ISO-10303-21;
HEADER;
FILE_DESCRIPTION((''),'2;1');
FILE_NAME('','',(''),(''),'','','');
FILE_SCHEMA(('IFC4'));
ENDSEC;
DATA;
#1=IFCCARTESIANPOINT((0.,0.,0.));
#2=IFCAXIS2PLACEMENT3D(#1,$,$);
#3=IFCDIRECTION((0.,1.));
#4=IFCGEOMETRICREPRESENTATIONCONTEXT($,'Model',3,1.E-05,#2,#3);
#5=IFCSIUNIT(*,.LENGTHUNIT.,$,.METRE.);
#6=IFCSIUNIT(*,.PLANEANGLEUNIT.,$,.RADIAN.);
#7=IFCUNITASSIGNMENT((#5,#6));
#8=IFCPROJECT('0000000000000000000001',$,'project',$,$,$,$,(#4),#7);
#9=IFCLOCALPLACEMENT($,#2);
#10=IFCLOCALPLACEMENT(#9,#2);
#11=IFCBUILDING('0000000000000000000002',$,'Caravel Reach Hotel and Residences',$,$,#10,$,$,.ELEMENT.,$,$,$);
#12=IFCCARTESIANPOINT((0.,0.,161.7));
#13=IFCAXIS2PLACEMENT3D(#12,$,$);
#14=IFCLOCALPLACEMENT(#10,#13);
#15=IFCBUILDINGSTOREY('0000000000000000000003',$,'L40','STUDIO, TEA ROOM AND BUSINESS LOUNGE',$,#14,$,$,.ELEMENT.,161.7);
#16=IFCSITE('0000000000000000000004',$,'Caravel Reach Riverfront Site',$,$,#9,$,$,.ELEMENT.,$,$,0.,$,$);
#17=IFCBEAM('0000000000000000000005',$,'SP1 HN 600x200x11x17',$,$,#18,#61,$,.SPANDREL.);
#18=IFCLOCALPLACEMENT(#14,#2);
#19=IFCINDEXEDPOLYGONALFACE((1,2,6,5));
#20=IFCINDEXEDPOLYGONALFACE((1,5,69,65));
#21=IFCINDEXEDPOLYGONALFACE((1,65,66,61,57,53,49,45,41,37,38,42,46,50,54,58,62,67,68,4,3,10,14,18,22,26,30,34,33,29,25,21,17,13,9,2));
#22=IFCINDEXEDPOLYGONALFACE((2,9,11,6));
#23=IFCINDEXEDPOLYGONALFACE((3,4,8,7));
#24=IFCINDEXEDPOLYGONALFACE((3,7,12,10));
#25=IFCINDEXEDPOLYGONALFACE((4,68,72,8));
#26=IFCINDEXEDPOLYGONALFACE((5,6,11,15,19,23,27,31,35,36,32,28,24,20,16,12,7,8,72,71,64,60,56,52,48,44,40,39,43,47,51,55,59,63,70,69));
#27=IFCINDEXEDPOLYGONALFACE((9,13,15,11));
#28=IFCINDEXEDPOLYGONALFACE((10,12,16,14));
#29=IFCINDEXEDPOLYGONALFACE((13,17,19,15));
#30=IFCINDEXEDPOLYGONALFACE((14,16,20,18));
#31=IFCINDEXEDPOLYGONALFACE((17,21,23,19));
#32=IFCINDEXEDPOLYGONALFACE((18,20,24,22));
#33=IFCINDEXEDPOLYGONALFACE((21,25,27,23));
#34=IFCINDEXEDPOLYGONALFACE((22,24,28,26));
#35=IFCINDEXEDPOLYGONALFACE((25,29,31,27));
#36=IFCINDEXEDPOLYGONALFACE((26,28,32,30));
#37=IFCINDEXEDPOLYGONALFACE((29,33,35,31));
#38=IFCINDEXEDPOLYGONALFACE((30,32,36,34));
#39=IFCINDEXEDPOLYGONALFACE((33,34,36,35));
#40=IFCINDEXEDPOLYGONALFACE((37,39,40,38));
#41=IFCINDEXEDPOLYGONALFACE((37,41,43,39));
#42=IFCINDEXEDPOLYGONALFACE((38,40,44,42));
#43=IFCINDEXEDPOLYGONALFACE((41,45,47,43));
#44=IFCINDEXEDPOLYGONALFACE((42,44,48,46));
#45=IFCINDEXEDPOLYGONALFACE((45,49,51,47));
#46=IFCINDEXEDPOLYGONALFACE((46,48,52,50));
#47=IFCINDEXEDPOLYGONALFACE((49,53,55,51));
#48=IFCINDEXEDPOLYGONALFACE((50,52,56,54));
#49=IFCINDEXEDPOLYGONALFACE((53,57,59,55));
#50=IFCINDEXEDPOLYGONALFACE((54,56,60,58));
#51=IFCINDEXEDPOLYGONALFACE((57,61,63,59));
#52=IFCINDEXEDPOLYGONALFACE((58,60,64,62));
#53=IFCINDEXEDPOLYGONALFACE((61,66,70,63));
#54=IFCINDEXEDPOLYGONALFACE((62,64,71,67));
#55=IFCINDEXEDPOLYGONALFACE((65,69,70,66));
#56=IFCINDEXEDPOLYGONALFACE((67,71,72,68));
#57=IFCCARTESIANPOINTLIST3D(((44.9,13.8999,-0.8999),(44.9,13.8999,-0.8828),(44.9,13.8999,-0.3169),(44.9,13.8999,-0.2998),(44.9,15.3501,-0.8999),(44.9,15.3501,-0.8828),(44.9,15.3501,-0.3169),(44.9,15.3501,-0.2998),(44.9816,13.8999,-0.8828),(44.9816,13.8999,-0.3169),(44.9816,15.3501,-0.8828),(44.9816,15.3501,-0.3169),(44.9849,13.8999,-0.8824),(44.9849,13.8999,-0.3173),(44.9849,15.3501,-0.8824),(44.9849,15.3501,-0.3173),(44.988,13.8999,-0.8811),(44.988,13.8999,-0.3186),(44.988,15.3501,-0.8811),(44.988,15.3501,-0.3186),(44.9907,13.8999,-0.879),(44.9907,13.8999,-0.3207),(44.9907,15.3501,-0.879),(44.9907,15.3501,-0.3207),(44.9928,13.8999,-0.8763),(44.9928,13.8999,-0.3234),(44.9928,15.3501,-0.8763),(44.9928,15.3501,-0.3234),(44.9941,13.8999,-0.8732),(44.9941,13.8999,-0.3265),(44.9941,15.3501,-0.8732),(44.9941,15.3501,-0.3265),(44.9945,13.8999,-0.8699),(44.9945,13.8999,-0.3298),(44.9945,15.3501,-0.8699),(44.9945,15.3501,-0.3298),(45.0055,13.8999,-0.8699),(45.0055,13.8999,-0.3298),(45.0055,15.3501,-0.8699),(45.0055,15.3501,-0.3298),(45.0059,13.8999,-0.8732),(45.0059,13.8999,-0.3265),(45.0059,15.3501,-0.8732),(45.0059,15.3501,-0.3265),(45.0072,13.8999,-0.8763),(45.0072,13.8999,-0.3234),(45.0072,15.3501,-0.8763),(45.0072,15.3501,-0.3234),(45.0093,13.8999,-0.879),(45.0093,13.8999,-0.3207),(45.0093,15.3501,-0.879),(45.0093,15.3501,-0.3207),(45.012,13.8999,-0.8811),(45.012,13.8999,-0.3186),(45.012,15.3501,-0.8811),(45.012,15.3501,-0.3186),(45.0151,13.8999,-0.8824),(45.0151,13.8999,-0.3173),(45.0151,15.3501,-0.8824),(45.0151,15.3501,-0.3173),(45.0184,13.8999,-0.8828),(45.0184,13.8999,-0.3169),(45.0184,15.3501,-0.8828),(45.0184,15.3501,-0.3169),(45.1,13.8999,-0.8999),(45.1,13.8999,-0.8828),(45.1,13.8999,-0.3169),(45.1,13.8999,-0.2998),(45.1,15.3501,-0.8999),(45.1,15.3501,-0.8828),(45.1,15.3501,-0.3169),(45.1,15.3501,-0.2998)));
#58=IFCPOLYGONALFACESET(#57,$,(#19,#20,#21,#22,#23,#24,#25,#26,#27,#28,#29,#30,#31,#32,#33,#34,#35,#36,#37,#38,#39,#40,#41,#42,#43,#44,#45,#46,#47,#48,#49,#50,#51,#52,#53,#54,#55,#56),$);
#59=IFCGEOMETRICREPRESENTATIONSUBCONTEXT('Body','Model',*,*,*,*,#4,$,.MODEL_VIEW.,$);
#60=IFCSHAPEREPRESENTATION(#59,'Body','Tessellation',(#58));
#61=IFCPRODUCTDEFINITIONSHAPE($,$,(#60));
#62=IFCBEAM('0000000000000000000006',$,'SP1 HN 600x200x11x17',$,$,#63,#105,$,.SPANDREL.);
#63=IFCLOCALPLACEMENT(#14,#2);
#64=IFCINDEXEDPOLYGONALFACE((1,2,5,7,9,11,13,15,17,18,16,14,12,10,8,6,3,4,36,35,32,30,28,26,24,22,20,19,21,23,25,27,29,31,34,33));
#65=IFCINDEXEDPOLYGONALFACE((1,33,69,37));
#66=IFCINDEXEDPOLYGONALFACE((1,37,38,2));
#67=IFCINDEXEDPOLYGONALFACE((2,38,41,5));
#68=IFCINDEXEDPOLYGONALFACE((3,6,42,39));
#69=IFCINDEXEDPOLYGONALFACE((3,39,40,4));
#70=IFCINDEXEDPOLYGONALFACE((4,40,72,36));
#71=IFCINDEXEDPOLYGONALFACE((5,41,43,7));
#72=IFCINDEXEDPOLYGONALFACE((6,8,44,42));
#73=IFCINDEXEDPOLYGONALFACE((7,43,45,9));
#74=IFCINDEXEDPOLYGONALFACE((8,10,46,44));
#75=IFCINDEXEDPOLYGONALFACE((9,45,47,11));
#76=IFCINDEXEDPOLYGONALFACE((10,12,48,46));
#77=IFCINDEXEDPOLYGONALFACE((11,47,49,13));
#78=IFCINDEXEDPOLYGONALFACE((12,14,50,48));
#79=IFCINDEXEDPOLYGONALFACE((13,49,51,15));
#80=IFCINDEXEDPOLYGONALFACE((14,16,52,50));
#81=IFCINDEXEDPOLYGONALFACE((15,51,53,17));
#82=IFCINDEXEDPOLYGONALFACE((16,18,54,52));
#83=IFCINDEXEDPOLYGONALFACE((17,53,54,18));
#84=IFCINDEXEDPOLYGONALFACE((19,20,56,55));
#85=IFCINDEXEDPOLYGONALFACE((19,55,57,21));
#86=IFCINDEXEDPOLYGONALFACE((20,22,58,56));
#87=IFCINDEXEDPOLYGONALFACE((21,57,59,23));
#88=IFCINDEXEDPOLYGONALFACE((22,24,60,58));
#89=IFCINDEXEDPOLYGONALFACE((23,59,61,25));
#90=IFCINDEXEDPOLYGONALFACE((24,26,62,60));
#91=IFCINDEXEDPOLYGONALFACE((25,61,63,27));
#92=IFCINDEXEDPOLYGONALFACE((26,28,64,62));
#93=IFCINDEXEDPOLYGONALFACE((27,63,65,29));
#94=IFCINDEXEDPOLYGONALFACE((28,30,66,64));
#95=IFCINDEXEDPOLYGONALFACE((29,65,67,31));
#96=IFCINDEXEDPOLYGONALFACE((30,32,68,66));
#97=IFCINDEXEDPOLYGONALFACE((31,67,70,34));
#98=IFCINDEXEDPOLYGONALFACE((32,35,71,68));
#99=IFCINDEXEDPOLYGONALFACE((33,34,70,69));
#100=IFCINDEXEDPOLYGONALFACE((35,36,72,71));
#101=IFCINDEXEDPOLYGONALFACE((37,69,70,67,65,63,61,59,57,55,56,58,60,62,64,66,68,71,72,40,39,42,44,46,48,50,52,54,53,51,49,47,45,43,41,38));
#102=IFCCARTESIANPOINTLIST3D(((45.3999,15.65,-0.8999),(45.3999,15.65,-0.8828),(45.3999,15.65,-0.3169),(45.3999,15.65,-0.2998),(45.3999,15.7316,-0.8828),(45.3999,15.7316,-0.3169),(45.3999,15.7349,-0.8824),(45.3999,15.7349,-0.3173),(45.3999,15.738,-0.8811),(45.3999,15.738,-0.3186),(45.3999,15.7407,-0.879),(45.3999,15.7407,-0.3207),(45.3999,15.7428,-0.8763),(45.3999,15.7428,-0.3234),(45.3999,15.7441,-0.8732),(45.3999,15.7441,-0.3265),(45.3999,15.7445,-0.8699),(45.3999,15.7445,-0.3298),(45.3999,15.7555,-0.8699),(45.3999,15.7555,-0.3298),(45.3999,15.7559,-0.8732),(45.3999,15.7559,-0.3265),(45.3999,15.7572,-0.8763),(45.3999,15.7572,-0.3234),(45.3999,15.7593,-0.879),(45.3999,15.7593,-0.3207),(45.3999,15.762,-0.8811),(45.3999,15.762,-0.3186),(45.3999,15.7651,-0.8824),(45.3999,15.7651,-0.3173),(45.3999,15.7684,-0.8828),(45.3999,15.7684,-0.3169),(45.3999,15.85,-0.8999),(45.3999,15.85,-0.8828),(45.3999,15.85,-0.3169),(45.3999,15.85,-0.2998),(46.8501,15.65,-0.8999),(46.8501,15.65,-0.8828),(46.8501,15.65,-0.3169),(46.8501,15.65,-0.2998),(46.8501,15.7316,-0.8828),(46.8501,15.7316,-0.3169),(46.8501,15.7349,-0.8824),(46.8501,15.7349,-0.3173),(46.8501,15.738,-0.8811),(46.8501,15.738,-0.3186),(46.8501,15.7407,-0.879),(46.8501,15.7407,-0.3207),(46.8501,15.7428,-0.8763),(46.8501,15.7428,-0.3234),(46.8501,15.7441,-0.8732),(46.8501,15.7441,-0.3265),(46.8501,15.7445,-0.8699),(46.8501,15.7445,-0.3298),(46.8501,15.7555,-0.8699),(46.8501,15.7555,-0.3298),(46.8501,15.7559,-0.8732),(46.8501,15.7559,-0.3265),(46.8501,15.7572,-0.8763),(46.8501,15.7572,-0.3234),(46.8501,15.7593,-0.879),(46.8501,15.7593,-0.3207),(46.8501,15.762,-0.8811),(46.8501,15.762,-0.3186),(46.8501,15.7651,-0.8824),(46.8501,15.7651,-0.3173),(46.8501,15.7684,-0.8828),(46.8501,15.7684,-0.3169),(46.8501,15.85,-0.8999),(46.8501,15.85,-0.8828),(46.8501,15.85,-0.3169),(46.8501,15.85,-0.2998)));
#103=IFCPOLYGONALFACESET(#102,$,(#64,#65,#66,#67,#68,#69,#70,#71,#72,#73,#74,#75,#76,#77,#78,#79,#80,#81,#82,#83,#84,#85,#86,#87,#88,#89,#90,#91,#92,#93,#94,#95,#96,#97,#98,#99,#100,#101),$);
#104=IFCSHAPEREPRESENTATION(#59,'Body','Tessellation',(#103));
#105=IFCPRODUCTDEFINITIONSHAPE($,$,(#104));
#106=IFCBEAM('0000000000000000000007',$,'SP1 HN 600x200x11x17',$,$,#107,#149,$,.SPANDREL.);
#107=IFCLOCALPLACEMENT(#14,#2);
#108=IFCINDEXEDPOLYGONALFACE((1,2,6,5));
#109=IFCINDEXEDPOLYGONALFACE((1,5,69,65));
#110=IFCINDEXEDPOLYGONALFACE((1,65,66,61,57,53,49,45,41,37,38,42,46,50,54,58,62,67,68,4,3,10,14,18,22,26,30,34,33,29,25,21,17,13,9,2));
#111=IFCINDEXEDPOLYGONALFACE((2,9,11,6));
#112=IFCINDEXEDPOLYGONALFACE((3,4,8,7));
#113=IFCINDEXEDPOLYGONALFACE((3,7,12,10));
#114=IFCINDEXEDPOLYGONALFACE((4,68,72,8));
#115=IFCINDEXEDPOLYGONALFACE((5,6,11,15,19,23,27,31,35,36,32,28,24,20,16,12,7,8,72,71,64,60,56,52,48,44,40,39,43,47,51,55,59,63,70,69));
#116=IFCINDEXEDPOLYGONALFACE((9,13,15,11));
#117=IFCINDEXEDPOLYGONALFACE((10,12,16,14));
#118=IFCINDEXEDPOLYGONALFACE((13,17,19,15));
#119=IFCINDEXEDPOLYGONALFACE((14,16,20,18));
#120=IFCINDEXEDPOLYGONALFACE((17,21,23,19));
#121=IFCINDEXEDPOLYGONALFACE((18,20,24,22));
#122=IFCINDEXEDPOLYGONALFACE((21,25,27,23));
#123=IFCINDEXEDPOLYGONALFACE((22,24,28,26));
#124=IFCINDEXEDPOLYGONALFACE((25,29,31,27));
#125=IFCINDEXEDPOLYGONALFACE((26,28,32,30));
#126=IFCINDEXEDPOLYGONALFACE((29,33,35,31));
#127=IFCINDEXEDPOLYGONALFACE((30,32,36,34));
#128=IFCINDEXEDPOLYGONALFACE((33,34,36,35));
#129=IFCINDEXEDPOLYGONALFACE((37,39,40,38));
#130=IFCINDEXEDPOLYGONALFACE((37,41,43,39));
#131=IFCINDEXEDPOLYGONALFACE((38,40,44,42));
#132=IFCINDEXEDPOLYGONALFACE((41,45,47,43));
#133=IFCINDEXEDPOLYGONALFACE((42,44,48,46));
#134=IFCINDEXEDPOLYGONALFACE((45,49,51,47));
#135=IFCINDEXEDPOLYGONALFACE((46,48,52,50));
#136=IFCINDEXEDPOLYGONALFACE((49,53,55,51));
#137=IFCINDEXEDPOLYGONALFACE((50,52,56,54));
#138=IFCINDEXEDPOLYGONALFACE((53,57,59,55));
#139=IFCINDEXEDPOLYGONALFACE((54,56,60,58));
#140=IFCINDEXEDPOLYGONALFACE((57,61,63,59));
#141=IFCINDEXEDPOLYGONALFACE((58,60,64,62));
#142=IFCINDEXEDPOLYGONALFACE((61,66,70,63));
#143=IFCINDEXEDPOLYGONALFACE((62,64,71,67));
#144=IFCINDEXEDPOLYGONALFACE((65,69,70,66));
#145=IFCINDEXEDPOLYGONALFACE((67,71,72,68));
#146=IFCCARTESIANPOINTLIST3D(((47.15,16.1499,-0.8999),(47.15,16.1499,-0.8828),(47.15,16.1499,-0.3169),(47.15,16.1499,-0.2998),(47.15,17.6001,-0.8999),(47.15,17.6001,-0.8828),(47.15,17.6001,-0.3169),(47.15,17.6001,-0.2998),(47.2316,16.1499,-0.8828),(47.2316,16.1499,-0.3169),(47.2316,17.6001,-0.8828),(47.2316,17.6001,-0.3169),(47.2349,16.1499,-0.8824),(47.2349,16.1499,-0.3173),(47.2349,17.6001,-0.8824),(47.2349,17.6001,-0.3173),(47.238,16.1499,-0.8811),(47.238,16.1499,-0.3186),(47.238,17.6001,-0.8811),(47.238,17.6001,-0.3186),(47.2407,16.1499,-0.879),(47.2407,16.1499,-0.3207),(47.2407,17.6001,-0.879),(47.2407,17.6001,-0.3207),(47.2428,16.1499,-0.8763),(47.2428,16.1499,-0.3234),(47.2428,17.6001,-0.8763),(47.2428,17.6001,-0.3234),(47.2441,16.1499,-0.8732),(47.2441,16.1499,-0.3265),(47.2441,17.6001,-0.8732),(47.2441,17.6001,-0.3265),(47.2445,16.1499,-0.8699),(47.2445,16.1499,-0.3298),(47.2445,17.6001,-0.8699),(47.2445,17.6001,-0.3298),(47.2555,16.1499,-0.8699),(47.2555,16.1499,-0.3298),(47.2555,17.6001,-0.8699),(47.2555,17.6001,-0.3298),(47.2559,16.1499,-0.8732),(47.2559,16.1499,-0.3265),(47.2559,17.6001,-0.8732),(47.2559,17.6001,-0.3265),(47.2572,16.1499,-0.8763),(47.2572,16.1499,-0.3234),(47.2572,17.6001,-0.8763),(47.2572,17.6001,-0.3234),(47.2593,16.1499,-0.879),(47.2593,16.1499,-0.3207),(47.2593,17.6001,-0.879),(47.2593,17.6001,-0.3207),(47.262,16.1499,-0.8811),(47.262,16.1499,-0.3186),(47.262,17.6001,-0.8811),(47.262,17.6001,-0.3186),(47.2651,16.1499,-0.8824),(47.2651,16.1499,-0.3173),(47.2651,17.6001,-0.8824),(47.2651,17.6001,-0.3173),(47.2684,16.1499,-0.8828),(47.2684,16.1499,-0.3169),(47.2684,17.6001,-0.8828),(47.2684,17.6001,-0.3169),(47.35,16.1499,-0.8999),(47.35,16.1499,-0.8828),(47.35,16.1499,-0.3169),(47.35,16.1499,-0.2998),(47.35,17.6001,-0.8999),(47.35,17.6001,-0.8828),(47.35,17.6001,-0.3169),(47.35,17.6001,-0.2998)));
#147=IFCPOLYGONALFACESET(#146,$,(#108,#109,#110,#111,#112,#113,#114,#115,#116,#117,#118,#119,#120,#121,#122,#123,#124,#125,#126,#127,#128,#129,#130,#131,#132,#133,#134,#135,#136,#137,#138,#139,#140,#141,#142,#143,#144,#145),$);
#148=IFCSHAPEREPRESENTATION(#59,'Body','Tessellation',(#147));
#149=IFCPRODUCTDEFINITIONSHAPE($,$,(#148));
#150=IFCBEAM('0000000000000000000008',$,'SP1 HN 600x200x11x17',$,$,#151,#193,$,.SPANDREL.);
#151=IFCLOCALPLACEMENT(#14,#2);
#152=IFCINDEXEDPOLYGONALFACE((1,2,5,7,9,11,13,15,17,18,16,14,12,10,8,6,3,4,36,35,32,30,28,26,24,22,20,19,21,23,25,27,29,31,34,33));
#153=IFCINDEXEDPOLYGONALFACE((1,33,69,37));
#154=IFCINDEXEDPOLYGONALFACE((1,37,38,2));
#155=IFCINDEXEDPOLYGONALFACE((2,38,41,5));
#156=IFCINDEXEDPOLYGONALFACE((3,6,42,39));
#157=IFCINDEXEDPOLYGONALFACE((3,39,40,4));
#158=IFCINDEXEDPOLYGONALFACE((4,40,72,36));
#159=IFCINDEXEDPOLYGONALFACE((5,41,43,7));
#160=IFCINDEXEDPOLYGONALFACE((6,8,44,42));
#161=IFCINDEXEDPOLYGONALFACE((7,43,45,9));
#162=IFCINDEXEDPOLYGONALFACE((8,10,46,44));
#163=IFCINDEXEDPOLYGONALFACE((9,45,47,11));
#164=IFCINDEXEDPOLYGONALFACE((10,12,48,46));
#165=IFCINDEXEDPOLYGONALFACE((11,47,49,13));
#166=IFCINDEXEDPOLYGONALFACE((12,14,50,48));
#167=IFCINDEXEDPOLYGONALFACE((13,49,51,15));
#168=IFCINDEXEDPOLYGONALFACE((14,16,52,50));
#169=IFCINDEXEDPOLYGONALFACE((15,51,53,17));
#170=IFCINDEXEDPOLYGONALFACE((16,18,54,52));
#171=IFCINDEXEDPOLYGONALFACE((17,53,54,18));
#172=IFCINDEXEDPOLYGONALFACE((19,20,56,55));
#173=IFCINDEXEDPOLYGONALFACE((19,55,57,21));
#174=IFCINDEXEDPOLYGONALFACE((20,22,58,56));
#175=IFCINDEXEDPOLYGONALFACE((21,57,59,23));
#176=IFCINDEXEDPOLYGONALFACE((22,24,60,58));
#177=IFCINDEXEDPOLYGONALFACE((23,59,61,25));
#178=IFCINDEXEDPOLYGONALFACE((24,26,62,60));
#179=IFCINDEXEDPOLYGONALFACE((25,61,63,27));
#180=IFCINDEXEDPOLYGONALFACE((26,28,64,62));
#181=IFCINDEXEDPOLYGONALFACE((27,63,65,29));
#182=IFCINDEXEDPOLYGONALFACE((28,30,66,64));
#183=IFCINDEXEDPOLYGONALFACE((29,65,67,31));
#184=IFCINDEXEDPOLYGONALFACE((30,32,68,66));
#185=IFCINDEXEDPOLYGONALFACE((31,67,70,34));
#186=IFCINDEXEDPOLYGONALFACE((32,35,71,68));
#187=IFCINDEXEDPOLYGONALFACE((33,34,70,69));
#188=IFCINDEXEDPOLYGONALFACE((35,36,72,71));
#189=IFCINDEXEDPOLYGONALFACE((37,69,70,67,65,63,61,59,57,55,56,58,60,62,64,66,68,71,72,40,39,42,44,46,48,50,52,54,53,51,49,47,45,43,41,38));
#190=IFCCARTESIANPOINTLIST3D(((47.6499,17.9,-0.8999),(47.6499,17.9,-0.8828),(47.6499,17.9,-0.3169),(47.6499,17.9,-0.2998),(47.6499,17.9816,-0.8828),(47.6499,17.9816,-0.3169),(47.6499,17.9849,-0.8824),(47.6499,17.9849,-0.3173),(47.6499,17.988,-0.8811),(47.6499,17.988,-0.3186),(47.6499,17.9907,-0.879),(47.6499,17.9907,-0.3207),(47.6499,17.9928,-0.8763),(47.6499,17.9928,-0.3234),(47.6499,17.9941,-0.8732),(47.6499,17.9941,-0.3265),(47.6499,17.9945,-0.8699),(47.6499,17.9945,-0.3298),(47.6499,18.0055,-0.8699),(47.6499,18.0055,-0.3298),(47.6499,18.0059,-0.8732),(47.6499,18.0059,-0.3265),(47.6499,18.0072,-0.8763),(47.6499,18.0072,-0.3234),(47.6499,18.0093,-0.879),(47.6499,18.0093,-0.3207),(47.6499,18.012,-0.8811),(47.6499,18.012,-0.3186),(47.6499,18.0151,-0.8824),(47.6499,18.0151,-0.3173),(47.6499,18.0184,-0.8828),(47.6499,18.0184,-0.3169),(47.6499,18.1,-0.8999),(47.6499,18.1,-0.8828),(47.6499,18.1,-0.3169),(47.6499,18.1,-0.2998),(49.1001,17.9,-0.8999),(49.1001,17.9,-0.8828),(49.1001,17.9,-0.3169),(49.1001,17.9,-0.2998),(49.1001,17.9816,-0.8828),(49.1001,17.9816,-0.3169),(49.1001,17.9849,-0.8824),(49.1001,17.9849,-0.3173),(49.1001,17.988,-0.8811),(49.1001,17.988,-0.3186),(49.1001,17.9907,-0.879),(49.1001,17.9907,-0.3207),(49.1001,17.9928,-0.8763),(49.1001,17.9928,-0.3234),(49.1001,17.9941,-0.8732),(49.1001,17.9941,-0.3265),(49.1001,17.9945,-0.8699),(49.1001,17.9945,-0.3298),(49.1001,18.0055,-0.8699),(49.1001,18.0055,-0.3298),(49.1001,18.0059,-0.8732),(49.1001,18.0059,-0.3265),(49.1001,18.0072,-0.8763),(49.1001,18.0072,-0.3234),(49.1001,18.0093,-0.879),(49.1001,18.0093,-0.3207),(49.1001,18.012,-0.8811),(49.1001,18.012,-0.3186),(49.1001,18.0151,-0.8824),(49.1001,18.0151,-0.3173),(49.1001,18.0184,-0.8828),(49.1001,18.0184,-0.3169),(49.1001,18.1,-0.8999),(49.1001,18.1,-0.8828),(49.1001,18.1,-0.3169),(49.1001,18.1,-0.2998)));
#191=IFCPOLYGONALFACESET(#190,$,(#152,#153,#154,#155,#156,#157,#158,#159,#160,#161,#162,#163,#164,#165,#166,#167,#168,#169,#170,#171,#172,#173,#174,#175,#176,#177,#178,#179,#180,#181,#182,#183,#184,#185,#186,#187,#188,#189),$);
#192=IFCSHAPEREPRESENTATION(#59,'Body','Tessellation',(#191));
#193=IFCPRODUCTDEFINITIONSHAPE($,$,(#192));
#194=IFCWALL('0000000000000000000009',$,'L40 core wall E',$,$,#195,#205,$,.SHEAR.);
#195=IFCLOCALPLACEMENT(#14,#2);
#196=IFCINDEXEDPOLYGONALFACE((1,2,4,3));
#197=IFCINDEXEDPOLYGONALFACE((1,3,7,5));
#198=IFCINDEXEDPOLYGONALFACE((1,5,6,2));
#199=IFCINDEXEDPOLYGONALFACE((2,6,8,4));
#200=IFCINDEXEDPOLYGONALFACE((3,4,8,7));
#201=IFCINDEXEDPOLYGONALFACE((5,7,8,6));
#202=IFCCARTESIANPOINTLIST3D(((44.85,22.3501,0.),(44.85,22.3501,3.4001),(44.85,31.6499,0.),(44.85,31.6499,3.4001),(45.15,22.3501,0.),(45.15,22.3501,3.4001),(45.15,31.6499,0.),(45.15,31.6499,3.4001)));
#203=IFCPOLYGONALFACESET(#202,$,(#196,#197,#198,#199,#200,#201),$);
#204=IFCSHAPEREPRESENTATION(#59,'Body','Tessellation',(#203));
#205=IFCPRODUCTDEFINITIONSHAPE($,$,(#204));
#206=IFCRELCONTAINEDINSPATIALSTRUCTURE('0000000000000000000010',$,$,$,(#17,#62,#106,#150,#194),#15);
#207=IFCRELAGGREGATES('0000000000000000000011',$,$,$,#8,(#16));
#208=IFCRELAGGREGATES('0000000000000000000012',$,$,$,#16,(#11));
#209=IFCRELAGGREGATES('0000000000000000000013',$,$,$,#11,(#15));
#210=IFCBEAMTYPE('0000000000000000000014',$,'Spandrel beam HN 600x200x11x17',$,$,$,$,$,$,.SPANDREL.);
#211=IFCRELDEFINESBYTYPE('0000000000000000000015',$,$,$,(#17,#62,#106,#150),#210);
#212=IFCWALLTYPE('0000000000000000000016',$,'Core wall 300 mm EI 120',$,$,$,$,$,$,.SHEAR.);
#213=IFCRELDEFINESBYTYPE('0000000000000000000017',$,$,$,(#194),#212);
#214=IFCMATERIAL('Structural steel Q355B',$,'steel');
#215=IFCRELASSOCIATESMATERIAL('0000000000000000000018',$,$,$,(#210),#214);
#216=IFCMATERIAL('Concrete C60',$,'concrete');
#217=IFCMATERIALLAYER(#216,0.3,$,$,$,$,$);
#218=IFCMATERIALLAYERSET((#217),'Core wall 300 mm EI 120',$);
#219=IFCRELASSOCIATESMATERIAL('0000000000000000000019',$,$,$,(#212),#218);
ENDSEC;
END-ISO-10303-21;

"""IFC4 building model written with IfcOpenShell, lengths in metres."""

from ifc_helpers import new_model, si_unit, direction, frame, frame_2d, origin, origin_2d, place, context, subcontext, project, spatial, rectangle, i_section, extrude, material, layer, layer_set, material_profile, profile_set, type_object, element, save


model = new_model("IFC4")

# Units and contexts
model_context = context("Model", 3, precision=1e-05, world=origin(), true_north=direction((0.0, 1.0)))
body_context = subcontext(model_context, "Body", "Model", "MODEL_VIEW")
ifc_project = project(units=[si_unit("LENGTHUNIT", "METRE"), si_unit("PLANEANGLEUNIT", "RADIAN")], contexts=[model_context])

# Site, building, storey
site_placement = place(None, origin())
site = spatial("IfcSite", under=ifc_project, at=site_placement, Name="Caravel Reach Riverfront Site", CompositionType="ELEMENT", RefElevation=0.0)
building_placement = place(site_placement, origin())
building = spatial("IfcBuilding", under=site, at=building_placement, Name="Caravel Reach Hotel and Residences", CompositionType="ELEMENT")
storey_placement = place(building_placement, frame((0.0, 0.0, 161.7)))
storey = spatial("IfcBuildingStorey", under=building, at=storey_placement, Name="L40", Description="STUDIO, TEA ROOM AND BUSINESS LOUNGE", CompositionType="ELEMENT", Elevation=161.7)

# Beams
ifc_material_1 = material(Name="Structural steel Q355B", Category="steel")
ifc_material_profile_1 = material_profile(ifc_material_1, i_section(OverallWidth=0.2, OverallDepth=0.6001, WebThickness=0.011, FlangeThickness=0.0171, FilletRadius=0.0129, at=origin_2d()), Name="HN 600x200x11x17")
ifc_profile_set_1 = profile_set([ifc_material_profile_1], Name="Structural steel Q355B")
beam_type_1 = type_object("IfcBeamType", Name="Spandrel beam HN 600x200x11x17", PredefinedType="SPANDREL", material=ifc_profile_set_1)
for number, where, z_axis, x_axis, name in (
    (1, (45.0, 13.8999, -0.5999), (0.0, 1.0, 0.0), (-1.0, 0.0, 0.0), "SP1 HN 600x200x11x17"),
    (2, (45.3999, 15.75, -0.5999), (1.0, 0.0, 0.0), (0.0, 1.0, 0.0), "SP1 HN 600x200x11x17"),
    (3, (47.25, 16.1499, -0.5999), (0.0, 1.0, 0.0), (-1.0, 0.0, 0.0), "SP1 HN 600x200x11x17"),
    (4, (47.6499, 18.0, -0.5999), (1.0, 0.0, 0.0), (0.0, 1.0, 0.0), "SP1 HN 600x200x11x17"),
):
    element("IfcBeam", number, at=place(storey_placement, frame(where, z_axis=z_axis, x_axis=x_axis)), inside=storey, type_object=beam_type_1, Name=name, PredefinedType="SPANDREL", context=body_context, shape_type="SweptSolid", body=[
        extrude(i_section(OverallWidth=0.2, OverallDepth=0.6001, WebThickness=0.011, FlangeThickness=0.0171, FilletRadius=0.0129, at=origin_2d()), origin(), (0.0, 0.0, 1.0), 1.4502),
    ])

# Wall
ifc_material_2 = material(Name="Concrete C60", Category="concrete")
ifc_layer_1 = layer(ifc_material_2, 0.3)
ifc_layer_set_1 = layer_set([ifc_layer_1], Name="Core wall 300 mm EI 120")
wall_type_1 = type_object("IfcWallType", Name="Core wall 300 mm EI 120", PredefinedType="SHEAR", material=ifc_layer_set_1)
wall_1_placement = place(storey_placement, frame((45.0, 22.3501, 0.0), z_axis=(0.0, 0.0, 1.0), x_axis=(0.0, 1.0, 0.0)))
element("IfcWall", 5, at=wall_1_placement, inside=storey, type_object=wall_type_1, Name="L40 core wall E", PredefinedType="SHEAR", context=body_context, shape_type="SweptSolid", body=[
    extrude(rectangle(XDim=9.2998, YDim=0.3, at=frame_2d((4.6499, 0.0))), origin(), (0.0, 0.0, 1.0), 3.4001),
])

save(model, "model.ifc")
